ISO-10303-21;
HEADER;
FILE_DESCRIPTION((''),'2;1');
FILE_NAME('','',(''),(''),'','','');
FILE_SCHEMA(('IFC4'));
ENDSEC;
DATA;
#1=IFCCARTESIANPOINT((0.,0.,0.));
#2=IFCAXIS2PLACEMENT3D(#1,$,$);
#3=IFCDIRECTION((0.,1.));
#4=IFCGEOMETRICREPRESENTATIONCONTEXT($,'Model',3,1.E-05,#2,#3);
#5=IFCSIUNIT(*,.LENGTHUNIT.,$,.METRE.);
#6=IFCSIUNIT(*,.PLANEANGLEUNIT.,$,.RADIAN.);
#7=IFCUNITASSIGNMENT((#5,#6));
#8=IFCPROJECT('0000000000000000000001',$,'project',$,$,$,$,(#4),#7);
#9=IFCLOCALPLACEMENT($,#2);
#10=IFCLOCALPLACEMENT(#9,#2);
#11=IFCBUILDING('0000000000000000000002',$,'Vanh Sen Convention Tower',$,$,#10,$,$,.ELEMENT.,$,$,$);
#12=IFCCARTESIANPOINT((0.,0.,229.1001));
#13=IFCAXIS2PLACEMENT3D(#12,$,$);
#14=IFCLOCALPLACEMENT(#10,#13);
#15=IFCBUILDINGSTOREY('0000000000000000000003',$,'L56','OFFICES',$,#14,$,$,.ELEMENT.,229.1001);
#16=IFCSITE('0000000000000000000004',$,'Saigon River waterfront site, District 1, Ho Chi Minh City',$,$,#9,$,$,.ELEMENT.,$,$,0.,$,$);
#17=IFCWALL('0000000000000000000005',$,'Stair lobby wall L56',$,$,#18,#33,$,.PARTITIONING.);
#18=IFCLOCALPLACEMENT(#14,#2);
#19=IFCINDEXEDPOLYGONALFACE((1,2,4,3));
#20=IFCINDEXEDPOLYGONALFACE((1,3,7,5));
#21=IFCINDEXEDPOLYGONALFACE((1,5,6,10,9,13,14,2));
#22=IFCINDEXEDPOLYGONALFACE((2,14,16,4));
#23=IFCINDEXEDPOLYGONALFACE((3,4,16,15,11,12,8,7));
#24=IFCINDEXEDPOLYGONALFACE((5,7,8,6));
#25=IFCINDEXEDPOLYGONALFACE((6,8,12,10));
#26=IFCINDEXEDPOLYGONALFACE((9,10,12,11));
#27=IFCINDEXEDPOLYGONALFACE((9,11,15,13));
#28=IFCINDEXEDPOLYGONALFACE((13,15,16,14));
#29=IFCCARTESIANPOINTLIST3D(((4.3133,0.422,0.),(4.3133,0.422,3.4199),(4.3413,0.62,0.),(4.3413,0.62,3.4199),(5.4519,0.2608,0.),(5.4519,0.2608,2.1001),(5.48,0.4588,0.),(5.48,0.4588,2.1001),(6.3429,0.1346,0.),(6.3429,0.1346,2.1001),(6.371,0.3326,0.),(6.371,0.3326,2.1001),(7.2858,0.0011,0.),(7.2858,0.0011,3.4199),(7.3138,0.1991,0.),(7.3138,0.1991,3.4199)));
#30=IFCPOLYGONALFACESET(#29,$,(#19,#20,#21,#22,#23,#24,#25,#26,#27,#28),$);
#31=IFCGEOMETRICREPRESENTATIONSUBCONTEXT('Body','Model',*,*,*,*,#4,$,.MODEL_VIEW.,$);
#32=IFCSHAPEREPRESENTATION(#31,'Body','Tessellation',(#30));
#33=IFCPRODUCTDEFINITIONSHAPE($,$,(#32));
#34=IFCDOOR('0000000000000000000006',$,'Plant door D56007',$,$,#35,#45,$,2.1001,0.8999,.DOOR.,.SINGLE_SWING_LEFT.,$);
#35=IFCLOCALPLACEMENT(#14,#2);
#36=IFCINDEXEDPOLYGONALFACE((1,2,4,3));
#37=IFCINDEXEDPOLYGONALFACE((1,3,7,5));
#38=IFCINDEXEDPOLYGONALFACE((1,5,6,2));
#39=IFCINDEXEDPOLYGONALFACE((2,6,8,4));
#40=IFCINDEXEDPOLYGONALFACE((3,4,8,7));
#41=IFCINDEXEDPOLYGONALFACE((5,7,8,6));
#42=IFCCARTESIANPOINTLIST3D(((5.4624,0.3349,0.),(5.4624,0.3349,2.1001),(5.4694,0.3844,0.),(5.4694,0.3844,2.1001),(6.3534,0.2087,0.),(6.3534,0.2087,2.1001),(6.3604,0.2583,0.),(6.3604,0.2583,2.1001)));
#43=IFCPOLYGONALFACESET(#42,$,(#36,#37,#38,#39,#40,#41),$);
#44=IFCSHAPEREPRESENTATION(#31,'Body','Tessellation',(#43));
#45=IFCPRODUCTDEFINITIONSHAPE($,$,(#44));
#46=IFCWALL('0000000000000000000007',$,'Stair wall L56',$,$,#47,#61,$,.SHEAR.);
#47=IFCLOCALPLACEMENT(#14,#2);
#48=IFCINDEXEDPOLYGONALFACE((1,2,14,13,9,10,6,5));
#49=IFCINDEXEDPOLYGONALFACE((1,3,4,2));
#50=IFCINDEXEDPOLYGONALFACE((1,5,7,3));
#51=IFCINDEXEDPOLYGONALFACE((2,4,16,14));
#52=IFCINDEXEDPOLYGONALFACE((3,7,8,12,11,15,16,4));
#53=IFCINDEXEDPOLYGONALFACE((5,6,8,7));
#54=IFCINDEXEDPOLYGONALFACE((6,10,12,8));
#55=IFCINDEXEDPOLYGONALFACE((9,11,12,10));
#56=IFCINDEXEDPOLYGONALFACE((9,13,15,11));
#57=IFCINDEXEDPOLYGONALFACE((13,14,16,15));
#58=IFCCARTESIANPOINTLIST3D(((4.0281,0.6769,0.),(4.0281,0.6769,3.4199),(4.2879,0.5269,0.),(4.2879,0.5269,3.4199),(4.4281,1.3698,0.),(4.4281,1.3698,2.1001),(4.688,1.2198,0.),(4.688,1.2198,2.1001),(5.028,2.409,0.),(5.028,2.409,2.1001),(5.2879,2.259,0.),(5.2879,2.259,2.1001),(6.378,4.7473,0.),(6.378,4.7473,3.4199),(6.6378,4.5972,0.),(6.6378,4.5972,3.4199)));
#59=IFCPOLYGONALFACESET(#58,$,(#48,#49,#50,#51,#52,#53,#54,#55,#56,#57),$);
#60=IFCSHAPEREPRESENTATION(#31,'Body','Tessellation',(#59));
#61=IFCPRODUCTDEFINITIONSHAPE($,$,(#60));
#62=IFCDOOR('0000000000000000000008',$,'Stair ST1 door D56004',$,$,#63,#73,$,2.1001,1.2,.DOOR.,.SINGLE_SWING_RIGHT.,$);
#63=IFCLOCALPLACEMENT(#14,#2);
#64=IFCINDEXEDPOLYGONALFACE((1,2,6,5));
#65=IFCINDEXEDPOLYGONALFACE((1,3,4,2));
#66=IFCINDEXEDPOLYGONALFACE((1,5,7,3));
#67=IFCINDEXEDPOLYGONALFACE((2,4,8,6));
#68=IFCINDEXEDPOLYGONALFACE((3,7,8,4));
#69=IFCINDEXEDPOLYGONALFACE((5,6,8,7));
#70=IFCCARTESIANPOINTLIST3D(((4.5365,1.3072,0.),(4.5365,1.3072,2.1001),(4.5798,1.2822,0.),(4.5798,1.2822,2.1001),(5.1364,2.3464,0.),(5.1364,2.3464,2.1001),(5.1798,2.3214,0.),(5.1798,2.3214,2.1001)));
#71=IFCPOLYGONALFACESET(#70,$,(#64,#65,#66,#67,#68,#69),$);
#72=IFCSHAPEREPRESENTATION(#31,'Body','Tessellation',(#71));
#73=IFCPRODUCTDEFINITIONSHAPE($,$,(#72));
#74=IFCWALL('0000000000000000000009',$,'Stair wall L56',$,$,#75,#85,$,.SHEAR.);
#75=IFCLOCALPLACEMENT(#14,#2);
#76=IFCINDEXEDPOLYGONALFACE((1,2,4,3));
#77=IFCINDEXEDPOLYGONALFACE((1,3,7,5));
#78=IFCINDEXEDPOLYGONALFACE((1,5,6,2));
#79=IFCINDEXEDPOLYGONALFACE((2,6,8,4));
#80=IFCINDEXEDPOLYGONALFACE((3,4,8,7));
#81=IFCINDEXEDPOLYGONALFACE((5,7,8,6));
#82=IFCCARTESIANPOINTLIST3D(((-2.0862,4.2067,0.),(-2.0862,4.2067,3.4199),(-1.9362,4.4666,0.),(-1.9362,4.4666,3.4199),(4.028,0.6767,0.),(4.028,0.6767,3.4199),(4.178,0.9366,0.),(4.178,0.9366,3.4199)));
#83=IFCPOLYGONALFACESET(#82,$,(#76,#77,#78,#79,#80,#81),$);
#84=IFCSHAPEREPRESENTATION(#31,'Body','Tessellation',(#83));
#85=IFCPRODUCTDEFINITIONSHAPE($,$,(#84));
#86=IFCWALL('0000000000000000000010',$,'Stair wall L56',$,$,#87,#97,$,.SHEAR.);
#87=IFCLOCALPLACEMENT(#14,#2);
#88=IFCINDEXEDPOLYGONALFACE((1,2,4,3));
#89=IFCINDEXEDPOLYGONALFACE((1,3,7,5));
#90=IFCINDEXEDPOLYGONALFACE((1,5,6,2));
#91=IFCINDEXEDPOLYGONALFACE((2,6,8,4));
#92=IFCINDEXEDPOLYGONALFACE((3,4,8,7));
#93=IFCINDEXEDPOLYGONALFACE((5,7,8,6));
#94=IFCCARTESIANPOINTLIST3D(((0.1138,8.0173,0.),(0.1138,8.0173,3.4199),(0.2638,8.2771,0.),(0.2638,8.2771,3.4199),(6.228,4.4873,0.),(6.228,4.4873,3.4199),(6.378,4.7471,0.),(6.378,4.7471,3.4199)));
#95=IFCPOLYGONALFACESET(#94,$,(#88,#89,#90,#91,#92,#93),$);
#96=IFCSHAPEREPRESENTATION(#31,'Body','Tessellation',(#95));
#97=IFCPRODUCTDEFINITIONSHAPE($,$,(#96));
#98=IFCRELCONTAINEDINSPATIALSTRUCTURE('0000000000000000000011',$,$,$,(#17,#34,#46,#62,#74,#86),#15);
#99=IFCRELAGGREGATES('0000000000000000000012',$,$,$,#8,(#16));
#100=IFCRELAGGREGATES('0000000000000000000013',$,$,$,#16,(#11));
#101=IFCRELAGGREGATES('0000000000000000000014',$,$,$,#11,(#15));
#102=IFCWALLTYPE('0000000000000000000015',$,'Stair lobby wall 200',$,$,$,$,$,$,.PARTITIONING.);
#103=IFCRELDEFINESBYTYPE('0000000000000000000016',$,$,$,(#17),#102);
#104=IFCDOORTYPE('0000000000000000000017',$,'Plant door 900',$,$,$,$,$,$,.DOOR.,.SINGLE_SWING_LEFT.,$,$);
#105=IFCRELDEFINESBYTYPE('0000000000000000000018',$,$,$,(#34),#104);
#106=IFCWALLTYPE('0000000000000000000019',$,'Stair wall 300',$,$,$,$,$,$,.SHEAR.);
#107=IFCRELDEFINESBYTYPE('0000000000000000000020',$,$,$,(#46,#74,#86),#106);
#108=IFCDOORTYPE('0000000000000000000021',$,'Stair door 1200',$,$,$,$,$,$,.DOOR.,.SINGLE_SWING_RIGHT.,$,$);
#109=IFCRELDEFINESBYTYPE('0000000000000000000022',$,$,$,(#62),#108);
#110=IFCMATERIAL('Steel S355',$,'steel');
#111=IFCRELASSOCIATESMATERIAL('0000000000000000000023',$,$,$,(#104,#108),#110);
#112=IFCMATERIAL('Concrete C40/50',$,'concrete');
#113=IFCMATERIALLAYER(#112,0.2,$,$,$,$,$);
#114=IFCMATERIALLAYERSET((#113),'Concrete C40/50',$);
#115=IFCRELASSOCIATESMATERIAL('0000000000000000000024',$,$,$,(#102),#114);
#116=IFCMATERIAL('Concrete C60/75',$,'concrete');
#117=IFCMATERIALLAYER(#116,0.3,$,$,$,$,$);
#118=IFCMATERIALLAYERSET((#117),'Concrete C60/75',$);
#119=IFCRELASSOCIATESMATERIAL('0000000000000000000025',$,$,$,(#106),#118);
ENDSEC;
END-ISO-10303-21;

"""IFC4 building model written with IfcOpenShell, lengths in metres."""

from ifc_helpers import new_model, si_unit, direction, frame, frame_2d, origin, place, context, subcontext, project, spatial, rectangle, extrude, material, layer, layer_set, type_object, element, fill, save


model = new_model("IFC4")

# Units and contexts
model_context = context("Model", 3, precision=1e-05, world=origin(), true_north=direction((0.0, 1.0)))
body_context = subcontext(model_context, "Body", "Model", "MODEL_VIEW")
ifc_project = project(units=[si_unit("LENGTHUNIT", "METRE"), si_unit("PLANEANGLEUNIT", "RADIAN")], contexts=[model_context])

# Site, building, storey
site_placement = place(None, origin())
site = spatial("IfcSite", under=ifc_project, at=site_placement, Name="Saigon River waterfront site, District 1, Ho Chi Minh City", CompositionType="ELEMENT", RefElevation=0.0)
building_placement = place(site_placement, origin())
building = spatial("IfcBuilding", under=site, at=building_placement, Name="Vanh Sen Convention Tower", CompositionType="ELEMENT")
storey_placement = place(building_placement, frame((0.0, 0.0, 229.1001)))
storey = spatial("IfcBuildingStorey", under=building, at=storey_placement, Name="L56", Description="OFFICES", CompositionType="ELEMENT", Elevation=229.1001)

# Shared definitions
ifc_material_1 = material(Name="Concrete C60/75", Category="concrete")
ifc_material_2 = material(Name="Steel S355", Category="steel")
door_type_1 = type_object("IfcDoorType", Name="Plant door 900", OperationType="SINGLE_SWING_LEFT", PredefinedType="DOOR", material=ifc_material_2)

# Shared definitions
ifc_material_3 = material(Name="Concrete C40/50", Category="concrete")

# Walls, openings, doors
ifc_layer_1 = layer(ifc_material_3, 0.2)
ifc_layer_set_1 = layer_set([ifc_layer_1], Name="Concrete C40/50")
wall_type_1 = type_object("IfcWallType", Name="Stair lobby wall 200", PredefinedType="PARTITIONING", material=ifc_layer_set_1)
wall_1_placement = place(storey_placement, frame((4.3274, 0.521, 0.0), z_axis=(0.0, 0.0, 1.0), x_axis=(0.990124, -0.140192, 0.0)))
wall_1 = element("IfcWall", 1, at=wall_1_placement, inside=storey, type_object=wall_type_1, Name="Stair lobby wall L56", PredefinedType="PARTITIONING", context=body_context, shape_type="SweptSolid", body=[
    extrude(rectangle(XDim=3.0022, YDim=0.2, at=frame_2d((1.501, 0.0))), origin(), (0.0, 0.0, 1.0), 3.4199),
])
opening_1_placement = place(wall_1_placement, frame((1.1499, 0.0, 0.0)))
opening_1 = element("IfcOpeningElement", 2, at=opening_1_placement, cuts=wall_1, PredefinedType="OPENING", context=body_context, shape_type="SweptSolid", body=[
    extrude(rectangle(XDim=0.8999, YDim=2.1001, at=frame_2d((0.45, 1.05))), frame((0.0, 0.1099, 0.0), z_axis=(0.0, -1.0, 0.0), x_axis=(1.0, 0.0, 0.0)), (0.0, 0.0, 1.0), 0.22),
])
door_1_placement = place(opening_1_placement, origin())
door_1 = element("IfcDoor", 3, at=door_1_placement, inside=storey, type_object=door_type_1, Name="Plant door D56007", OperationType="SINGLE_SWING_LEFT", OverallHeight=2.1001, OverallWidth=0.8999, PredefinedType="DOOR", context=body_context, shape_type="SweptSolid", body=[
    extrude(rectangle(XDim=0.8999, YDim=2.1001, at=frame_2d((0.45, 1.05))), frame((0.0, 0.0249, 0.0), z_axis=(0.0, -1.0, 0.0), x_axis=(1.0, 0.0, 0.0)), (0.0, 0.0, 1.0), 0.05),
])
fill(opening_1, door_1)
ifc_layer_2 = layer(ifc_material_1, 0.3)
ifc_layer_set_2 = layer_set([ifc_layer_2], Name="Concrete C60/75")
wall_type_2 = type_object("IfcWallType", Name="Stair wall 300", PredefinedType="SHEAR", material=ifc_layer_set_2)
wall_2_placement = place(storey_placement, frame((4.158, 0.6018, 0.0), z_axis=(0.0, 0.0, 1.0), x_axis=(0.499977, 0.866039, 0.0)))
wall_2 = element("IfcWall", 4, at=wall_2_placement, inside=storey, type_object=wall_type_2, Name="Stair wall L56", PredefinedType="SHEAR", context=body_context, shape_type="SweptSolid", body=[
    extrude(rectangle(XDim=4.7, YDim=0.3, at=frame_2d((2.3501, 0.0))), origin(), (0.0, 0.0, 1.0), 3.4199),
])
opening_2_placement = place(wall_2_placement, frame((0.8, 0.0, 0.0)))
opening_2 = element("IfcOpeningElement", 5, at=opening_2_placement, cuts=wall_2, PredefinedType="OPENING", context=body_context, shape_type="SweptSolid", body=[
    extrude(rectangle(XDim=1.2, YDim=2.1001, at=frame_2d((0.6001, 1.05))), frame((0.0, 0.1599, 0.0), z_axis=(0.0, -1.0, 0.0), x_axis=(1.0, 0.0, 0.0)), (0.0, 0.0, 1.0), 0.3201),
])
door_type_2 = type_object("IfcDoorType", Name="Stair door 1200", OperationType="SINGLE_SWING_RIGHT", PredefinedType="DOOR", material=ifc_material_2)
door_2_placement = place(opening_2_placement, origin())
door_2 = element("IfcDoor", 6, at=door_2_placement, inside=storey, type_object=door_type_2, Name="Stair ST1 door D56004", OperationType="SINGLE_SWING_RIGHT", OverallHeight=2.1001, OverallWidth=1.2, PredefinedType="DOOR", context=body_context, shape_type="SweptSolid", body=[
    extrude(rectangle(XDim=1.2, YDim=2.1001, at=frame_2d((0.6001, 1.05))), frame((0.0, 0.0249, 0.0), z_axis=(0.0, -1.0, 0.0), x_axis=(1.0, 0.0, 0.0)), (0.0, 0.0, 1.0), 0.05),
])
fill(opening_2, door_2)

# Walls
for number, where, z_axis, x_axis, name in (
    (7, (4.103, 0.8066, 0.0), (0.0, 0.0, 1.0), (-0.866028, 0.499996, 0.0), "Stair wall L56"),
    (8, (6.303, 4.6172, 0.0), (0.0, 0.0, 1.0), (-0.866028, 0.499996, 0.0), "Stair wall L56"),
):
    element("IfcWall", number, at=place(storey_placement, frame(where, z_axis=z_axis, x_axis=x_axis)), inside=storey, type_object=wall_type_2, Name=name, PredefinedType="SHEAR", context=body_context, shape_type="SweptSolid", body=[
        extrude(rectangle(XDim=7.0601, YDim=0.3, at=frame_2d((3.53, 0.0))), origin(), (0.0, 0.0, 1.0), 3.4199),
    ])

save(model, "model.ifc")
